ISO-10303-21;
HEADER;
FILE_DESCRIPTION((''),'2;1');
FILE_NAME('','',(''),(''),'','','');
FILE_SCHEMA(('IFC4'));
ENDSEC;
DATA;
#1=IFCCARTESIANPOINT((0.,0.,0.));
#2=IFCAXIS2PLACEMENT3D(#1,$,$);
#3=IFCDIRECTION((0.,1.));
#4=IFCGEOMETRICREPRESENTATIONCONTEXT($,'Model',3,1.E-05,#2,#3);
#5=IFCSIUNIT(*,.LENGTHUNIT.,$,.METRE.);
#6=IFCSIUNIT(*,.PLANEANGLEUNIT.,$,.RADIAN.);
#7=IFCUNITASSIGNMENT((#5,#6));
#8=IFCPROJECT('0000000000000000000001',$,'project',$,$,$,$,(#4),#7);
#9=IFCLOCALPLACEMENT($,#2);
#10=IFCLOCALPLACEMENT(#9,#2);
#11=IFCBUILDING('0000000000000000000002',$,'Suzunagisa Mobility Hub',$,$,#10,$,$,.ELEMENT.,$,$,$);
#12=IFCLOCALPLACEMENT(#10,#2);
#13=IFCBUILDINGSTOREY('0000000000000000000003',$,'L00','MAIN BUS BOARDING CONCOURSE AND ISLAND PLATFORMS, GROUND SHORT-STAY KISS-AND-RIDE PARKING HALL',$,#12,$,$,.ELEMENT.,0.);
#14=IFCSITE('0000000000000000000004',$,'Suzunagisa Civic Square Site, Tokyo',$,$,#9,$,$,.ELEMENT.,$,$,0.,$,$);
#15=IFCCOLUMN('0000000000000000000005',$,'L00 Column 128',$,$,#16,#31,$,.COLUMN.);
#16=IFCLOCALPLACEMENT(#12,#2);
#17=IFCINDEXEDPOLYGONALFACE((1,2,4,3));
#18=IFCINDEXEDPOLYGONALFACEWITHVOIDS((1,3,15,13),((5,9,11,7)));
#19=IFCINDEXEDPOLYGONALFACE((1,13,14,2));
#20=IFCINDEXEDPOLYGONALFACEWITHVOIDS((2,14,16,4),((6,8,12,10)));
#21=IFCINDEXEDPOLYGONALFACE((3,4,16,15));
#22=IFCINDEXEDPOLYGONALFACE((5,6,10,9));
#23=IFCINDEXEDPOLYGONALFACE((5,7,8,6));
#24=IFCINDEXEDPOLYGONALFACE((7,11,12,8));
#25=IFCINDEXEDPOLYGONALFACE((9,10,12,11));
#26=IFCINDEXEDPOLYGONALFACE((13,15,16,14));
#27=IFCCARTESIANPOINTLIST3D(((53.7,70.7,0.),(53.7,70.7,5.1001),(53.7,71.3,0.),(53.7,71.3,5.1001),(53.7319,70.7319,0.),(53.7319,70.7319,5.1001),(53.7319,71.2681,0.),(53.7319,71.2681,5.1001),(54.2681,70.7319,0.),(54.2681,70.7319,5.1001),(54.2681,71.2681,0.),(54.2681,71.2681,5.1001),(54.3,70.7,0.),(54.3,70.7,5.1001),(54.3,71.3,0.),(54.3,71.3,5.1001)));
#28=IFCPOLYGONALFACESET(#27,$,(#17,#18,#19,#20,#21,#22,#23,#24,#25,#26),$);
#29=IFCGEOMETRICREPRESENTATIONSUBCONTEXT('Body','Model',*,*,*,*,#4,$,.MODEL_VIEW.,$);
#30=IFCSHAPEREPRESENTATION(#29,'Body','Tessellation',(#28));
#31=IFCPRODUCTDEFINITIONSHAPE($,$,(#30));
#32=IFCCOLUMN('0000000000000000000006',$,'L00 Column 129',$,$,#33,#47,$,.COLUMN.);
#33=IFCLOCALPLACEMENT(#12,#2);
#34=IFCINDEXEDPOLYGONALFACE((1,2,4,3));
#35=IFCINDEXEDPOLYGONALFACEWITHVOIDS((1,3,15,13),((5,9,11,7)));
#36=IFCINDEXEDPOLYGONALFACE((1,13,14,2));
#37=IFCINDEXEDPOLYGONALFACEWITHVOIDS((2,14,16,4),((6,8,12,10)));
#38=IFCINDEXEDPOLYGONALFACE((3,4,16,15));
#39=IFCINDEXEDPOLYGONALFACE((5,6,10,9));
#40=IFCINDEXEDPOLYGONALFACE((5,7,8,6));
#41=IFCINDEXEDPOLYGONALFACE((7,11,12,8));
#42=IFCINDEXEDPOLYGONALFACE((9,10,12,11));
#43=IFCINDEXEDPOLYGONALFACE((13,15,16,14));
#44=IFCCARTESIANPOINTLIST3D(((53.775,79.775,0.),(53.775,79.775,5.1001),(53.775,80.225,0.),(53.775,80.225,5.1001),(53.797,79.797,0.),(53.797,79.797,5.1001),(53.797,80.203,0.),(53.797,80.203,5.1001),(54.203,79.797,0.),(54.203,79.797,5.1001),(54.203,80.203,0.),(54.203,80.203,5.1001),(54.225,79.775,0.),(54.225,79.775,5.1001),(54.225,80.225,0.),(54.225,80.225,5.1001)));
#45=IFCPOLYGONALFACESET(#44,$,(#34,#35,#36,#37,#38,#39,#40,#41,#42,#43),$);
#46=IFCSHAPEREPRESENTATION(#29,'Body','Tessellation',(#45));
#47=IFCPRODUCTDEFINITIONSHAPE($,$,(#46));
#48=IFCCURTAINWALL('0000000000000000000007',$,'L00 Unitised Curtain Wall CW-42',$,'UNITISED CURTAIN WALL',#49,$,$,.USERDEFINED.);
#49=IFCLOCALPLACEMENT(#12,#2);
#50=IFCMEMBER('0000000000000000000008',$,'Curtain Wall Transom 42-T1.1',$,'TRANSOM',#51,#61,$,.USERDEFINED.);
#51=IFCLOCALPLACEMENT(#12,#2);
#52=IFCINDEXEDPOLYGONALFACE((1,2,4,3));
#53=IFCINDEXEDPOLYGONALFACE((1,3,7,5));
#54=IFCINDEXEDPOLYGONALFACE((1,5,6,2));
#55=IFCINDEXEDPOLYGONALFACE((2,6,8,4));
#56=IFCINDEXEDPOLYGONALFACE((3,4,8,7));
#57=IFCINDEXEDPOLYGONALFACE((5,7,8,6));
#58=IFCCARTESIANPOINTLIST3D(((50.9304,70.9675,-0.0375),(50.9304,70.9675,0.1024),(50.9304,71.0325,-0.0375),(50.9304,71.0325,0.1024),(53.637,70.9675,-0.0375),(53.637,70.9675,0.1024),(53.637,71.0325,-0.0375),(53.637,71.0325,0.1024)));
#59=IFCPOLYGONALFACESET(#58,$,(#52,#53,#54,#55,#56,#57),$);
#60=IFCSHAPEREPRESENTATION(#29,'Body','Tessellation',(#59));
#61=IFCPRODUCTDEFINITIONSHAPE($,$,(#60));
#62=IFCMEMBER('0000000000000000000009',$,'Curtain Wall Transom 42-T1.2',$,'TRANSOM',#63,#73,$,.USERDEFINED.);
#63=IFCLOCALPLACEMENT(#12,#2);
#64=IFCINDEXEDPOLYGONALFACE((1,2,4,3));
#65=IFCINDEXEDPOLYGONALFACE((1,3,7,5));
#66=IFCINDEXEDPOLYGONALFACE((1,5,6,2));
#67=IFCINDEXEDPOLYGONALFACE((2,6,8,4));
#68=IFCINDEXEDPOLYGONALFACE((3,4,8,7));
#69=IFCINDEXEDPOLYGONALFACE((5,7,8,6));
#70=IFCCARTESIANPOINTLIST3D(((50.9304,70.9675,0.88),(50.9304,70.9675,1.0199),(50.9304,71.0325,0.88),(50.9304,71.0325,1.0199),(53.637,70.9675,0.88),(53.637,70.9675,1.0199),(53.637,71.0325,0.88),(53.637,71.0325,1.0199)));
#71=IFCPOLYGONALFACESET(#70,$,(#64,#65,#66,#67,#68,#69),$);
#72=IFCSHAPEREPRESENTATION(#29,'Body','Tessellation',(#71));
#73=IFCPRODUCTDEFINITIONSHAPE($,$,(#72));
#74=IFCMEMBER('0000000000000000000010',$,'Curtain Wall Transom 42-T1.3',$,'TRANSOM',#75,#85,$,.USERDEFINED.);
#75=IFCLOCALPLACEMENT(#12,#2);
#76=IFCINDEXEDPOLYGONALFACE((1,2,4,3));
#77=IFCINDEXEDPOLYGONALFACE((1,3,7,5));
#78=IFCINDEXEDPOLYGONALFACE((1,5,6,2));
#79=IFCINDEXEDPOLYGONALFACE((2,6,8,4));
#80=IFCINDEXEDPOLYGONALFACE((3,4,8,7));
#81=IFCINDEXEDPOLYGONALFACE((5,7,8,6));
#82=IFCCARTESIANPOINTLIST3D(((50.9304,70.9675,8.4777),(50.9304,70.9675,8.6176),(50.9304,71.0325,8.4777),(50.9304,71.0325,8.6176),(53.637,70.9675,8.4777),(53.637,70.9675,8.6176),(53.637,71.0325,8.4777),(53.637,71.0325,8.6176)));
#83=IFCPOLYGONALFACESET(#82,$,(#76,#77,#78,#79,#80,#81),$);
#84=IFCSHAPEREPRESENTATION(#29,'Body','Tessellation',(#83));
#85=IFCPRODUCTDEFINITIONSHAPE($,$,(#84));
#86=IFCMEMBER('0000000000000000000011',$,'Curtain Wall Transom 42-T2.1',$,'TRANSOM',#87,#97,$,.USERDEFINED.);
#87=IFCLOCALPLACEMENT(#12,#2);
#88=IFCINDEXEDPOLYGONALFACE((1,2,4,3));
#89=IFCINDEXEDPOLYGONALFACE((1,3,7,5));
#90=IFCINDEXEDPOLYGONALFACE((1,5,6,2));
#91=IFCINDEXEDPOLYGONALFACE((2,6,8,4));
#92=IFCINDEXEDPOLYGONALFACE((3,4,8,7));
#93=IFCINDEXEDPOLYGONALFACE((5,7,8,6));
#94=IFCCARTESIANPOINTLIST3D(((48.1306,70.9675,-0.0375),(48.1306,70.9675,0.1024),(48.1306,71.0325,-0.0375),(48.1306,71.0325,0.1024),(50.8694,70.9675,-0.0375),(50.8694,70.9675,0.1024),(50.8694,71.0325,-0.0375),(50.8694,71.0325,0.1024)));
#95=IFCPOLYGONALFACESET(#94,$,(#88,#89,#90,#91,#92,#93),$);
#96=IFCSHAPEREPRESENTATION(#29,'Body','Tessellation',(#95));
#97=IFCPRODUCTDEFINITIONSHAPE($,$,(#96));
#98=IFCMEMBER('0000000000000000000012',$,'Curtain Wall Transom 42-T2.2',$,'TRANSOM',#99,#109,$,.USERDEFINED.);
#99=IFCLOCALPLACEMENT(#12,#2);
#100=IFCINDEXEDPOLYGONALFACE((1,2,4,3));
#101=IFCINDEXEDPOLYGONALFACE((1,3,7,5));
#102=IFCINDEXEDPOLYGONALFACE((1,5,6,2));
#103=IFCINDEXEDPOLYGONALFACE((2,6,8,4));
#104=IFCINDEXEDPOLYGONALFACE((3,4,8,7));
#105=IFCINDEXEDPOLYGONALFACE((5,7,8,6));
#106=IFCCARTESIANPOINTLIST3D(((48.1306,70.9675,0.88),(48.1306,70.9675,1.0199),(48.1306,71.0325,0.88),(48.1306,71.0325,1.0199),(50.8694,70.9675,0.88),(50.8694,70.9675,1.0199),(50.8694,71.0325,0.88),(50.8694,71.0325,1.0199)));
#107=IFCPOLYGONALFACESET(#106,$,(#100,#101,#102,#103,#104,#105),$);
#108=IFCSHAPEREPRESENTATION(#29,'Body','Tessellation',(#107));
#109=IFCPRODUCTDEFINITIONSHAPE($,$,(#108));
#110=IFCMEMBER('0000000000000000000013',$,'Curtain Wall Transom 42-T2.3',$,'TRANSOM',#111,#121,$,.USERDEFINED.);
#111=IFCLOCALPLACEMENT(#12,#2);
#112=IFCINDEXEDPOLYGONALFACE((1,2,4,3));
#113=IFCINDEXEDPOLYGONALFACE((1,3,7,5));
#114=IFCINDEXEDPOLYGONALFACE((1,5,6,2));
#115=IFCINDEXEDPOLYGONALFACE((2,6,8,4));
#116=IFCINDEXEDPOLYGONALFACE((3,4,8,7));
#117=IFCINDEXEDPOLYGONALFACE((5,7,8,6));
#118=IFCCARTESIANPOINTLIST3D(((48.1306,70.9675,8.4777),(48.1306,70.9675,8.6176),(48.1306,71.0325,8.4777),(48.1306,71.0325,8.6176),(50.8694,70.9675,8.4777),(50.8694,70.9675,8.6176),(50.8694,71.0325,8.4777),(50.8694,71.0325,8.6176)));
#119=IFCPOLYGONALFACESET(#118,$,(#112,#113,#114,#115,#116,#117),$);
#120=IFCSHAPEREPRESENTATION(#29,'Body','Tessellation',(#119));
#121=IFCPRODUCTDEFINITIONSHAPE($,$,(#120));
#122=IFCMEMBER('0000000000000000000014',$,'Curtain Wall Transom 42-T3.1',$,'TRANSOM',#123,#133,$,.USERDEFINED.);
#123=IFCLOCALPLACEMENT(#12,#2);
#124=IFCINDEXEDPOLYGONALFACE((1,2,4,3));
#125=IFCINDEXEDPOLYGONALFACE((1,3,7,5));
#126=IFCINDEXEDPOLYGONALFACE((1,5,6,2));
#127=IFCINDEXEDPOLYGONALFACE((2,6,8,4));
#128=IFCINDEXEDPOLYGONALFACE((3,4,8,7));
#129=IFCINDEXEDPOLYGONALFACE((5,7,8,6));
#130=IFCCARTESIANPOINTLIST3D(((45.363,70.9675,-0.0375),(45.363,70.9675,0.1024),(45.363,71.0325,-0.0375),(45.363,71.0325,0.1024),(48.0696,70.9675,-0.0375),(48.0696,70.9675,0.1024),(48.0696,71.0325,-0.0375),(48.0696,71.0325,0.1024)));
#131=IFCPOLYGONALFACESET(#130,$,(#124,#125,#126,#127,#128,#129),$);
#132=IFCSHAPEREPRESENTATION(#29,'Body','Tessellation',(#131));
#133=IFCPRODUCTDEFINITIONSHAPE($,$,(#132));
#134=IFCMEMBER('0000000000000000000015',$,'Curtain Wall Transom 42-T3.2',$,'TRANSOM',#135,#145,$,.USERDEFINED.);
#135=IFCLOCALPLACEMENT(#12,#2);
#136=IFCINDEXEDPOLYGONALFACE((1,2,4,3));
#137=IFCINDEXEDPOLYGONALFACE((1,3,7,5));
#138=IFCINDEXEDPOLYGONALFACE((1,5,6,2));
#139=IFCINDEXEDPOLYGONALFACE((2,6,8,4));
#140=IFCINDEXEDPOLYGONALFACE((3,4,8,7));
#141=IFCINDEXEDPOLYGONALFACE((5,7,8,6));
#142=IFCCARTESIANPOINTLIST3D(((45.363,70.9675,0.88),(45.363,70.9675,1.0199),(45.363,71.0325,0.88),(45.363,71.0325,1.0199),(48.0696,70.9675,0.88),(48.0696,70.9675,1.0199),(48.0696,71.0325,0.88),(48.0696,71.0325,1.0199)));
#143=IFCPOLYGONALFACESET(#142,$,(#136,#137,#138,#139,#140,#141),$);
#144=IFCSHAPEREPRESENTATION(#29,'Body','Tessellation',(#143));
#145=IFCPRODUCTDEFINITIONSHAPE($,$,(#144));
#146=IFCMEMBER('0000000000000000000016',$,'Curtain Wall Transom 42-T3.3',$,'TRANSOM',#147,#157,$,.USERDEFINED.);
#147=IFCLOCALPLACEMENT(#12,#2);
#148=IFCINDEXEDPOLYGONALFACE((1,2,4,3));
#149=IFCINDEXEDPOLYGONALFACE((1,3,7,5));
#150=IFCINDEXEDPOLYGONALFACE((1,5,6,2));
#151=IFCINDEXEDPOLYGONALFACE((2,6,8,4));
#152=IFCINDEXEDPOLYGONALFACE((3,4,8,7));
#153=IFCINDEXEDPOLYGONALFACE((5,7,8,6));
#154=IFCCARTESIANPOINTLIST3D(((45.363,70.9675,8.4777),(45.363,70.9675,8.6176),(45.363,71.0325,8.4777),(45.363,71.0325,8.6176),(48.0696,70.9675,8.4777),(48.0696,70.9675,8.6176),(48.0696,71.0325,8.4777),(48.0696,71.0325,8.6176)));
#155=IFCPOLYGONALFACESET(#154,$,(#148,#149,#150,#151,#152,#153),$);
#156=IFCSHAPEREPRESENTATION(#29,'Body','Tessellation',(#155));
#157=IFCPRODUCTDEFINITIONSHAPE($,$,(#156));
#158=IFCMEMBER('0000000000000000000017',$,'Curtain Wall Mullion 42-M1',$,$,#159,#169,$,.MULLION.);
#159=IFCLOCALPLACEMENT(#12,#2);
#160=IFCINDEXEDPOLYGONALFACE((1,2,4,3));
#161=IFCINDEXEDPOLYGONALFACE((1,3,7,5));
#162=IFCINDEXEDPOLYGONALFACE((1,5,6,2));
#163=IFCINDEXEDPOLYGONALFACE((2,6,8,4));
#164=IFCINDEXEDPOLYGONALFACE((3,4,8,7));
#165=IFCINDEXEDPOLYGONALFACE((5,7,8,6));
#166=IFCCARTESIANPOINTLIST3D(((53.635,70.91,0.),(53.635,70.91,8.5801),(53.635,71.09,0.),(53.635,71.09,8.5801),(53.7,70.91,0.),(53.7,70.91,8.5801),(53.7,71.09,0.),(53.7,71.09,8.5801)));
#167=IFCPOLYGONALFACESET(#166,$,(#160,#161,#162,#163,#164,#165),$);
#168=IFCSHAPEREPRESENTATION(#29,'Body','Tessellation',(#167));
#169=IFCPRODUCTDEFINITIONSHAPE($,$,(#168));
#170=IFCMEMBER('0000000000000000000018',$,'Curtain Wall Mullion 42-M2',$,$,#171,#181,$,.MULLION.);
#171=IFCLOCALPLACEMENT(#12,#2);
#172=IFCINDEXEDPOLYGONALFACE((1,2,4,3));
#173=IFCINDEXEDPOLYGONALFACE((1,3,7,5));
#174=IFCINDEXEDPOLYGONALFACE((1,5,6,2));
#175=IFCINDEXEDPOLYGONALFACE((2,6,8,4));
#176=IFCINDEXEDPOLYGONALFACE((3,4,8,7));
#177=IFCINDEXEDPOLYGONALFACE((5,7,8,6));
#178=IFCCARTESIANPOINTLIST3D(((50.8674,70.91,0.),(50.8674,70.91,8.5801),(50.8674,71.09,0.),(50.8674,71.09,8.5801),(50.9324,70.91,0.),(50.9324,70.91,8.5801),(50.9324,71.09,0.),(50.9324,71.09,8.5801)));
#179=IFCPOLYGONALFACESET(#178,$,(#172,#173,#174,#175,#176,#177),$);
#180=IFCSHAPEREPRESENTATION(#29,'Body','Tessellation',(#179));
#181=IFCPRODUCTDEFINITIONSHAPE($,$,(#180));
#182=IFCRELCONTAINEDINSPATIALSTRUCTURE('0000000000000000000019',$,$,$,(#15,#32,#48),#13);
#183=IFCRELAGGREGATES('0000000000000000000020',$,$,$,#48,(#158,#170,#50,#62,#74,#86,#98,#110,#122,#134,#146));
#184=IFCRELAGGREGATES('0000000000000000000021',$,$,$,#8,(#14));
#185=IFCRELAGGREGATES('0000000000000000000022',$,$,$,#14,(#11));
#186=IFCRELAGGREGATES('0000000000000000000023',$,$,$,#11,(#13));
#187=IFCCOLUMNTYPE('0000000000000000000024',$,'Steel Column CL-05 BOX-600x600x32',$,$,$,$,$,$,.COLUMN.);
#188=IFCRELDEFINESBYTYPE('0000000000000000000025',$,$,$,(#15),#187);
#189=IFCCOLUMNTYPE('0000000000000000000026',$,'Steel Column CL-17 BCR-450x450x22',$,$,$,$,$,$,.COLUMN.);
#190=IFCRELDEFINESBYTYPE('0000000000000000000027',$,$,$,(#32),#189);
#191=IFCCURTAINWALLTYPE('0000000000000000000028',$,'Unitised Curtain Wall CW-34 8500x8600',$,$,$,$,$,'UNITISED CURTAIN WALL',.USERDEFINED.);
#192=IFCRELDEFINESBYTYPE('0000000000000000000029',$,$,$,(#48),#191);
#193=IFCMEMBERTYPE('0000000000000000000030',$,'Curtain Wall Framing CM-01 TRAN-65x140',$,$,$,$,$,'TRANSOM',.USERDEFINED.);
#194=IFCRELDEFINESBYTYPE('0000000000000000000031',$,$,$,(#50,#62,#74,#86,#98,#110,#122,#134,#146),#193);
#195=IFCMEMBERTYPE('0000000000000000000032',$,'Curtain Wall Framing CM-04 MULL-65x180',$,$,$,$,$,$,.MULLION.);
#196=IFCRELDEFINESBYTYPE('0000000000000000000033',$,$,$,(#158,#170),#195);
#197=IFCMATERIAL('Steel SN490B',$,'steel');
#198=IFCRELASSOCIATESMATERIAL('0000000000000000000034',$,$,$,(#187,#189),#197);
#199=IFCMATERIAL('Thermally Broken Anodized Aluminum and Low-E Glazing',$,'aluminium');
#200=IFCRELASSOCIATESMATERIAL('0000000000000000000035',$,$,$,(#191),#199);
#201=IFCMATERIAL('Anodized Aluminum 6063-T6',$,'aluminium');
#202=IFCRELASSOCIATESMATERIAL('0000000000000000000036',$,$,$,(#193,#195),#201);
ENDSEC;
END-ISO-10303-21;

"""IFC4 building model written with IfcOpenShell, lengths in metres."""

from ifc_helpers import new_model, si_unit, direction, frame, origin, origin_2d, place, context, subcontext, project, spatial, rectangle, hollow_rectangle, extrude, material, material_profile, profile_set, type_object, element, aggregate, save


model = new_model("IFC4")

# Units and contexts
model_context = context("Model", 3, precision=1e-05, world=origin(), true_north=direction((0.0, 1.0)))
body_context = subcontext(model_context, "Body", "Model", "MODEL_VIEW")
ifc_project = project(units=[si_unit("LENGTHUNIT", "METRE"), si_unit("PLANEANGLEUNIT", "RADIAN")], contexts=[model_context])

# Site, building, storey
site_placement = place(None, origin())
site = spatial("IfcSite", under=ifc_project, at=site_placement, Name="Suzunagisa Civic Square Site, Tokyo", CompositionType="ELEMENT", RefElevation=0.0)
building_placement = place(site_placement, origin())
building = spatial("IfcBuilding", under=site, at=building_placement, Name="Suzunagisa Mobility Hub", CompositionType="ELEMENT")
storey_placement = place(building_placement, origin())
storey = spatial("IfcBuildingStorey", under=building, at=storey_placement, Name="L00", Description="MAIN BUS BOARDING CONCOURSE AND ISLAND PLATFORMS, GROUND SHORT-STAY KISS-AND-RIDE PARKING HALL", CompositionType="ELEMENT", Elevation=0.0)

# Columns
ifc_material_1 = material(Name="Steel SN490B", Category="steel")
ifc_material_profile_1 = material_profile(ifc_material_1, hollow_rectangle(XDim=0.6001, YDim=0.6001, WallThickness=0.032, at=origin_2d()), Name="BOX-600x600x32")
ifc_profile_set_1 = profile_set([ifc_material_profile_1], Name="Steel SN490B")
column_type_1 = type_object("IfcColumnType", Name="Steel Column CL-05 BOX-600x600x32", PredefinedType="COLUMN", material=ifc_profile_set_1)
column_1_placement = place(storey_placement, frame((54.0, 71.0, 0.0), z_axis=(0.0, 0.0, 1.0), x_axis=(1.0, 0.0, 0.0)))
element("IfcColumn", 1, at=column_1_placement, inside=storey, type_object=column_type_1, Name="L00 Column 128", PredefinedType="COLUMN", context=body_context, shape_type="SweptSolid", body=[
    extrude(hollow_rectangle(XDim=0.6001, YDim=0.6001, WallThickness=0.032, at=origin_2d()), origin(), (0.0, 0.0, 1.0), 5.1001),
])
ifc_material_profile_2 = material_profile(ifc_material_1, hollow_rectangle(XDim=0.45, YDim=0.45, WallThickness=0.022, at=origin_2d()), Name="BCR-450x450x22")
ifc_profile_set_2 = profile_set([ifc_material_profile_2], Name="Steel SN490B")
column_type_2 = type_object("IfcColumnType", Name="Steel Column CL-17 BCR-450x450x22", PredefinedType="COLUMN", material=ifc_profile_set_2)
column_2_placement = place(storey_placement, frame((54.0, 80.0, 0.0), z_axis=(0.0, 0.0, 1.0), x_axis=(1.0, 0.0, 0.0)))
element("IfcColumn", 2, at=column_2_placement, inside=storey, type_object=column_type_2, Name="L00 Column 129", PredefinedType="COLUMN", context=body_context, shape_type="SweptSolid", body=[
    extrude(hollow_rectangle(XDim=0.45, YDim=0.45, WallThickness=0.022, at=origin_2d()), origin(), (0.0, 0.0, 1.0), 5.1001),
])

# Curtain wall, members
ifc_material_2 = material(Name="Thermally Broken Anodized Aluminum and Low-E Glazing", Category="aluminium")
curtain_wall_type = type_object("IfcCurtainWallType", Name="Unitised Curtain Wall CW-34 8500x8600", ElementType="UNITISED CURTAIN WALL", PredefinedType="USERDEFINED", material=ifc_material_2)
curtain_wall_placement = place(storey_placement, origin())
curtain_wall = element("IfcCurtainWall", 3, at=curtain_wall_placement, inside=storey, type_object=curtain_wall_type, Name="L00 Unitised Curtain Wall CW-42", ObjectType="UNITISED CURTAIN WALL", PredefinedType="USERDEFINED")
ifc_material_3 = material(Name="Anodized Aluminum 6063-T6", Category="aluminium")
ifc_material_profile_3 = material_profile(ifc_material_3, rectangle(XDim=0.0649, YDim=0.1399, at=origin_2d()), Name="TRAN-65x140")
ifc_profile_set_3 = profile_set([ifc_material_profile_3], Name="Anodized Aluminum 6063-T6")
member_type_1 = type_object("IfcMemberType", Name="Curtain Wall Framing CM-01 TRAN-65x140", ElementType="TRANSOM", PredefinedType="USERDEFINED", material=ifc_profile_set_3)
member_1_placement = place(storey_placement, frame((53.637, 71.0, 0.0325), z_axis=(-1.0, 0.0, 0.0), x_axis=(0.0, -1.0, 0.0)))
member_1 = element("IfcMember", 4, at=member_1_placement, type_object=member_type_1, Name="Curtain Wall Transom 42-T1.1", ObjectType="TRANSOM", PredefinedType="USERDEFINED", context=body_context, shape_type="SweptSolid", body=[
    extrude(rectangle(XDim=0.0649, YDim=0.1399, at=origin_2d()), origin(), (0.0, 0.0, 1.0), 2.7065),
])
member_2_placement = place(storey_placement, frame((53.637, 71.0, 0.95), z_axis=(-1.0, 0.0, 0.0), x_axis=(0.0, -1.0, 0.0)))
member_2 = element("IfcMember", 5, at=member_2_placement, type_object=member_type_1, Name="Curtain Wall Transom 42-T1.2", ObjectType="TRANSOM", PredefinedType="USERDEFINED", context=body_context, shape_type="SweptSolid", body=[
    extrude(rectangle(XDim=0.0649, YDim=0.1399, at=origin_2d()), origin(), (0.0, 0.0, 1.0), 2.7065),
])
member_3_placement = place(storey_placement, frame((53.637, 71.0, 8.5476), z_axis=(-1.0, 0.0, 0.0), x_axis=(0.0, -1.0, 0.0)))
member_3 = element("IfcMember", 6, at=member_3_placement, type_object=member_type_1, Name="Curtain Wall Transom 42-T1.3", ObjectType="TRANSOM", PredefinedType="USERDEFINED", context=body_context, shape_type="SweptSolid", body=[
    extrude(rectangle(XDim=0.0649, YDim=0.1399, at=origin_2d()), origin(), (0.0, 0.0, 1.0), 2.7065),
])
member_4_placement = place(storey_placement, frame((50.8694, 71.0, 0.0325), z_axis=(-1.0, 0.0, 0.0), x_axis=(0.0, -1.0, 0.0)))
member_4 = element("IfcMember", 7, at=member_4_placement, type_object=member_type_1, Name="Curtain Wall Transom 42-T2.1", ObjectType="TRANSOM", PredefinedType="USERDEFINED", context=body_context, shape_type="SweptSolid", body=[
    extrude(rectangle(XDim=0.0649, YDim=0.1399, at=origin_2d()), origin(), (0.0, 0.0, 1.0), 2.7388),
])
member_5_placement = place(storey_placement, frame((50.8694, 71.0, 0.95), z_axis=(-1.0, 0.0, 0.0), x_axis=(0.0, -1.0, 0.0)))
member_5 = element("IfcMember", 8, at=member_5_placement, type_object=member_type_1, Name="Curtain Wall Transom 42-T2.2", ObjectType="TRANSOM", PredefinedType="USERDEFINED", context=body_context, shape_type="SweptSolid", body=[
    extrude(rectangle(XDim=0.0649, YDim=0.1399, at=origin_2d()), origin(), (0.0, 0.0, 1.0), 2.7388),
])
member_6_placement = place(storey_placement, frame((50.8694, 71.0, 8.5476), z_axis=(-1.0, 0.0, 0.0), x_axis=(0.0, -1.0, 0.0)))
member_6 = element("IfcMember", 9, at=member_6_placement, type_object=member_type_1, Name="Curtain Wall Transom 42-T2.3", ObjectType="TRANSOM", PredefinedType="USERDEFINED", context=body_context, shape_type="SweptSolid", body=[
    extrude(rectangle(XDim=0.0649, YDim=0.1399, at=origin_2d()), origin(), (0.0, 0.0, 1.0), 2.7388),
])
member_7_placement = place(storey_placement, frame((48.0696, 71.0, 0.0325), z_axis=(-1.0, 0.0, 0.0), x_axis=(0.0, -1.0, 0.0)))
member_7 = element("IfcMember", 10, at=member_7_placement, type_object=member_type_1, Name="Curtain Wall Transom 42-T3.1", ObjectType="TRANSOM", PredefinedType="USERDEFINED", context=body_context, shape_type="SweptSolid", body=[
    extrude(rectangle(XDim=0.0649, YDim=0.1399, at=origin_2d()), origin(), (0.0, 0.0, 1.0), 2.7065),
])
member_8_placement = place(storey_placement, frame((48.0696, 71.0, 0.95), z_axis=(-1.0, 0.0, 0.0), x_axis=(0.0, -1.0, 0.0)))
member_8 = element("IfcMember", 11, at=member_8_placement, type_object=member_type_1, Name="Curtain Wall Transom 42-T3.2", ObjectType="TRANSOM", PredefinedType="USERDEFINED", context=body_context, shape_type="SweptSolid", body=[
    extrude(rectangle(XDim=0.0649, YDim=0.1399, at=origin_2d()), origin(), (0.0, 0.0, 1.0), 2.7065),
])
member_9_placement = place(storey_placement, frame((48.0696, 71.0, 8.5476), z_axis=(-1.0, 0.0, 0.0), x_axis=(0.0, -1.0, 0.0)))
member_9 = element("IfcMember", 12, at=member_9_placement, type_object=member_type_1, Name="Curtain Wall Transom 42-T3.3", ObjectType="TRANSOM", PredefinedType="USERDEFINED", context=body_context, shape_type="SweptSolid", body=[
    extrude(rectangle(XDim=0.0649, YDim=0.1399, at=origin_2d()), origin(), (0.0, 0.0, 1.0), 2.7065),
])
ifc_material_profile_4 = material_profile(ifc_material_3, rectangle(XDim=0.0649, YDim=0.1799, at=origin_2d()), Name="MULL-65x180")
ifc_profile_set_4 = profile_set([ifc_material_profile_4], Name="Anodized Aluminum 6063-T6")
member_type_2 = type_object("IfcMemberType", Name="Curtain Wall Framing CM-04 MULL-65x180", PredefinedType="MULLION", material=ifc_profile_set_4)
member_10_placement = place(storey_placement, frame((53.6675, 71.0, 0.0), z_axis=(0.0, 0.0, 1.0), x_axis=(-1.0, 0.0, 0.0)))
member_10 = element("IfcMember", 13, at=member_10_placement, type_object=member_type_2, Name="Curtain Wall Mullion 42-M1", PredefinedType="MULLION", context=body_context, shape_type="SweptSolid", body=[
    extrude(rectangle(XDim=0.0649, YDim=0.1799, at=origin_2d()), origin(), (0.0, 0.0, 1.0), 8.5801),
])
member_11_placement = place(storey_placement, frame((50.8999, 71.0, 0.0), z_axis=(0.0, 0.0, 1.0), x_axis=(-1.0, 0.0, 0.0)))
member_11 = element("IfcMember", 14, at=member_11_placement, type_object=member_type_2, Name="Curtain Wall Mullion 42-M2", PredefinedType="MULLION", context=body_context, shape_type="SweptSolid", body=[
    extrude(rectangle(XDim=0.0649, YDim=0.1799, at=origin_2d()), origin(), (0.0, 0.0, 1.0), 8.5801),
])

aggregate(curtain_wall, [member_10, member_11, member_1, member_2, member_3, member_4, member_5, member_6, member_7, member_8, member_9])

save(model, "model.ifc")
